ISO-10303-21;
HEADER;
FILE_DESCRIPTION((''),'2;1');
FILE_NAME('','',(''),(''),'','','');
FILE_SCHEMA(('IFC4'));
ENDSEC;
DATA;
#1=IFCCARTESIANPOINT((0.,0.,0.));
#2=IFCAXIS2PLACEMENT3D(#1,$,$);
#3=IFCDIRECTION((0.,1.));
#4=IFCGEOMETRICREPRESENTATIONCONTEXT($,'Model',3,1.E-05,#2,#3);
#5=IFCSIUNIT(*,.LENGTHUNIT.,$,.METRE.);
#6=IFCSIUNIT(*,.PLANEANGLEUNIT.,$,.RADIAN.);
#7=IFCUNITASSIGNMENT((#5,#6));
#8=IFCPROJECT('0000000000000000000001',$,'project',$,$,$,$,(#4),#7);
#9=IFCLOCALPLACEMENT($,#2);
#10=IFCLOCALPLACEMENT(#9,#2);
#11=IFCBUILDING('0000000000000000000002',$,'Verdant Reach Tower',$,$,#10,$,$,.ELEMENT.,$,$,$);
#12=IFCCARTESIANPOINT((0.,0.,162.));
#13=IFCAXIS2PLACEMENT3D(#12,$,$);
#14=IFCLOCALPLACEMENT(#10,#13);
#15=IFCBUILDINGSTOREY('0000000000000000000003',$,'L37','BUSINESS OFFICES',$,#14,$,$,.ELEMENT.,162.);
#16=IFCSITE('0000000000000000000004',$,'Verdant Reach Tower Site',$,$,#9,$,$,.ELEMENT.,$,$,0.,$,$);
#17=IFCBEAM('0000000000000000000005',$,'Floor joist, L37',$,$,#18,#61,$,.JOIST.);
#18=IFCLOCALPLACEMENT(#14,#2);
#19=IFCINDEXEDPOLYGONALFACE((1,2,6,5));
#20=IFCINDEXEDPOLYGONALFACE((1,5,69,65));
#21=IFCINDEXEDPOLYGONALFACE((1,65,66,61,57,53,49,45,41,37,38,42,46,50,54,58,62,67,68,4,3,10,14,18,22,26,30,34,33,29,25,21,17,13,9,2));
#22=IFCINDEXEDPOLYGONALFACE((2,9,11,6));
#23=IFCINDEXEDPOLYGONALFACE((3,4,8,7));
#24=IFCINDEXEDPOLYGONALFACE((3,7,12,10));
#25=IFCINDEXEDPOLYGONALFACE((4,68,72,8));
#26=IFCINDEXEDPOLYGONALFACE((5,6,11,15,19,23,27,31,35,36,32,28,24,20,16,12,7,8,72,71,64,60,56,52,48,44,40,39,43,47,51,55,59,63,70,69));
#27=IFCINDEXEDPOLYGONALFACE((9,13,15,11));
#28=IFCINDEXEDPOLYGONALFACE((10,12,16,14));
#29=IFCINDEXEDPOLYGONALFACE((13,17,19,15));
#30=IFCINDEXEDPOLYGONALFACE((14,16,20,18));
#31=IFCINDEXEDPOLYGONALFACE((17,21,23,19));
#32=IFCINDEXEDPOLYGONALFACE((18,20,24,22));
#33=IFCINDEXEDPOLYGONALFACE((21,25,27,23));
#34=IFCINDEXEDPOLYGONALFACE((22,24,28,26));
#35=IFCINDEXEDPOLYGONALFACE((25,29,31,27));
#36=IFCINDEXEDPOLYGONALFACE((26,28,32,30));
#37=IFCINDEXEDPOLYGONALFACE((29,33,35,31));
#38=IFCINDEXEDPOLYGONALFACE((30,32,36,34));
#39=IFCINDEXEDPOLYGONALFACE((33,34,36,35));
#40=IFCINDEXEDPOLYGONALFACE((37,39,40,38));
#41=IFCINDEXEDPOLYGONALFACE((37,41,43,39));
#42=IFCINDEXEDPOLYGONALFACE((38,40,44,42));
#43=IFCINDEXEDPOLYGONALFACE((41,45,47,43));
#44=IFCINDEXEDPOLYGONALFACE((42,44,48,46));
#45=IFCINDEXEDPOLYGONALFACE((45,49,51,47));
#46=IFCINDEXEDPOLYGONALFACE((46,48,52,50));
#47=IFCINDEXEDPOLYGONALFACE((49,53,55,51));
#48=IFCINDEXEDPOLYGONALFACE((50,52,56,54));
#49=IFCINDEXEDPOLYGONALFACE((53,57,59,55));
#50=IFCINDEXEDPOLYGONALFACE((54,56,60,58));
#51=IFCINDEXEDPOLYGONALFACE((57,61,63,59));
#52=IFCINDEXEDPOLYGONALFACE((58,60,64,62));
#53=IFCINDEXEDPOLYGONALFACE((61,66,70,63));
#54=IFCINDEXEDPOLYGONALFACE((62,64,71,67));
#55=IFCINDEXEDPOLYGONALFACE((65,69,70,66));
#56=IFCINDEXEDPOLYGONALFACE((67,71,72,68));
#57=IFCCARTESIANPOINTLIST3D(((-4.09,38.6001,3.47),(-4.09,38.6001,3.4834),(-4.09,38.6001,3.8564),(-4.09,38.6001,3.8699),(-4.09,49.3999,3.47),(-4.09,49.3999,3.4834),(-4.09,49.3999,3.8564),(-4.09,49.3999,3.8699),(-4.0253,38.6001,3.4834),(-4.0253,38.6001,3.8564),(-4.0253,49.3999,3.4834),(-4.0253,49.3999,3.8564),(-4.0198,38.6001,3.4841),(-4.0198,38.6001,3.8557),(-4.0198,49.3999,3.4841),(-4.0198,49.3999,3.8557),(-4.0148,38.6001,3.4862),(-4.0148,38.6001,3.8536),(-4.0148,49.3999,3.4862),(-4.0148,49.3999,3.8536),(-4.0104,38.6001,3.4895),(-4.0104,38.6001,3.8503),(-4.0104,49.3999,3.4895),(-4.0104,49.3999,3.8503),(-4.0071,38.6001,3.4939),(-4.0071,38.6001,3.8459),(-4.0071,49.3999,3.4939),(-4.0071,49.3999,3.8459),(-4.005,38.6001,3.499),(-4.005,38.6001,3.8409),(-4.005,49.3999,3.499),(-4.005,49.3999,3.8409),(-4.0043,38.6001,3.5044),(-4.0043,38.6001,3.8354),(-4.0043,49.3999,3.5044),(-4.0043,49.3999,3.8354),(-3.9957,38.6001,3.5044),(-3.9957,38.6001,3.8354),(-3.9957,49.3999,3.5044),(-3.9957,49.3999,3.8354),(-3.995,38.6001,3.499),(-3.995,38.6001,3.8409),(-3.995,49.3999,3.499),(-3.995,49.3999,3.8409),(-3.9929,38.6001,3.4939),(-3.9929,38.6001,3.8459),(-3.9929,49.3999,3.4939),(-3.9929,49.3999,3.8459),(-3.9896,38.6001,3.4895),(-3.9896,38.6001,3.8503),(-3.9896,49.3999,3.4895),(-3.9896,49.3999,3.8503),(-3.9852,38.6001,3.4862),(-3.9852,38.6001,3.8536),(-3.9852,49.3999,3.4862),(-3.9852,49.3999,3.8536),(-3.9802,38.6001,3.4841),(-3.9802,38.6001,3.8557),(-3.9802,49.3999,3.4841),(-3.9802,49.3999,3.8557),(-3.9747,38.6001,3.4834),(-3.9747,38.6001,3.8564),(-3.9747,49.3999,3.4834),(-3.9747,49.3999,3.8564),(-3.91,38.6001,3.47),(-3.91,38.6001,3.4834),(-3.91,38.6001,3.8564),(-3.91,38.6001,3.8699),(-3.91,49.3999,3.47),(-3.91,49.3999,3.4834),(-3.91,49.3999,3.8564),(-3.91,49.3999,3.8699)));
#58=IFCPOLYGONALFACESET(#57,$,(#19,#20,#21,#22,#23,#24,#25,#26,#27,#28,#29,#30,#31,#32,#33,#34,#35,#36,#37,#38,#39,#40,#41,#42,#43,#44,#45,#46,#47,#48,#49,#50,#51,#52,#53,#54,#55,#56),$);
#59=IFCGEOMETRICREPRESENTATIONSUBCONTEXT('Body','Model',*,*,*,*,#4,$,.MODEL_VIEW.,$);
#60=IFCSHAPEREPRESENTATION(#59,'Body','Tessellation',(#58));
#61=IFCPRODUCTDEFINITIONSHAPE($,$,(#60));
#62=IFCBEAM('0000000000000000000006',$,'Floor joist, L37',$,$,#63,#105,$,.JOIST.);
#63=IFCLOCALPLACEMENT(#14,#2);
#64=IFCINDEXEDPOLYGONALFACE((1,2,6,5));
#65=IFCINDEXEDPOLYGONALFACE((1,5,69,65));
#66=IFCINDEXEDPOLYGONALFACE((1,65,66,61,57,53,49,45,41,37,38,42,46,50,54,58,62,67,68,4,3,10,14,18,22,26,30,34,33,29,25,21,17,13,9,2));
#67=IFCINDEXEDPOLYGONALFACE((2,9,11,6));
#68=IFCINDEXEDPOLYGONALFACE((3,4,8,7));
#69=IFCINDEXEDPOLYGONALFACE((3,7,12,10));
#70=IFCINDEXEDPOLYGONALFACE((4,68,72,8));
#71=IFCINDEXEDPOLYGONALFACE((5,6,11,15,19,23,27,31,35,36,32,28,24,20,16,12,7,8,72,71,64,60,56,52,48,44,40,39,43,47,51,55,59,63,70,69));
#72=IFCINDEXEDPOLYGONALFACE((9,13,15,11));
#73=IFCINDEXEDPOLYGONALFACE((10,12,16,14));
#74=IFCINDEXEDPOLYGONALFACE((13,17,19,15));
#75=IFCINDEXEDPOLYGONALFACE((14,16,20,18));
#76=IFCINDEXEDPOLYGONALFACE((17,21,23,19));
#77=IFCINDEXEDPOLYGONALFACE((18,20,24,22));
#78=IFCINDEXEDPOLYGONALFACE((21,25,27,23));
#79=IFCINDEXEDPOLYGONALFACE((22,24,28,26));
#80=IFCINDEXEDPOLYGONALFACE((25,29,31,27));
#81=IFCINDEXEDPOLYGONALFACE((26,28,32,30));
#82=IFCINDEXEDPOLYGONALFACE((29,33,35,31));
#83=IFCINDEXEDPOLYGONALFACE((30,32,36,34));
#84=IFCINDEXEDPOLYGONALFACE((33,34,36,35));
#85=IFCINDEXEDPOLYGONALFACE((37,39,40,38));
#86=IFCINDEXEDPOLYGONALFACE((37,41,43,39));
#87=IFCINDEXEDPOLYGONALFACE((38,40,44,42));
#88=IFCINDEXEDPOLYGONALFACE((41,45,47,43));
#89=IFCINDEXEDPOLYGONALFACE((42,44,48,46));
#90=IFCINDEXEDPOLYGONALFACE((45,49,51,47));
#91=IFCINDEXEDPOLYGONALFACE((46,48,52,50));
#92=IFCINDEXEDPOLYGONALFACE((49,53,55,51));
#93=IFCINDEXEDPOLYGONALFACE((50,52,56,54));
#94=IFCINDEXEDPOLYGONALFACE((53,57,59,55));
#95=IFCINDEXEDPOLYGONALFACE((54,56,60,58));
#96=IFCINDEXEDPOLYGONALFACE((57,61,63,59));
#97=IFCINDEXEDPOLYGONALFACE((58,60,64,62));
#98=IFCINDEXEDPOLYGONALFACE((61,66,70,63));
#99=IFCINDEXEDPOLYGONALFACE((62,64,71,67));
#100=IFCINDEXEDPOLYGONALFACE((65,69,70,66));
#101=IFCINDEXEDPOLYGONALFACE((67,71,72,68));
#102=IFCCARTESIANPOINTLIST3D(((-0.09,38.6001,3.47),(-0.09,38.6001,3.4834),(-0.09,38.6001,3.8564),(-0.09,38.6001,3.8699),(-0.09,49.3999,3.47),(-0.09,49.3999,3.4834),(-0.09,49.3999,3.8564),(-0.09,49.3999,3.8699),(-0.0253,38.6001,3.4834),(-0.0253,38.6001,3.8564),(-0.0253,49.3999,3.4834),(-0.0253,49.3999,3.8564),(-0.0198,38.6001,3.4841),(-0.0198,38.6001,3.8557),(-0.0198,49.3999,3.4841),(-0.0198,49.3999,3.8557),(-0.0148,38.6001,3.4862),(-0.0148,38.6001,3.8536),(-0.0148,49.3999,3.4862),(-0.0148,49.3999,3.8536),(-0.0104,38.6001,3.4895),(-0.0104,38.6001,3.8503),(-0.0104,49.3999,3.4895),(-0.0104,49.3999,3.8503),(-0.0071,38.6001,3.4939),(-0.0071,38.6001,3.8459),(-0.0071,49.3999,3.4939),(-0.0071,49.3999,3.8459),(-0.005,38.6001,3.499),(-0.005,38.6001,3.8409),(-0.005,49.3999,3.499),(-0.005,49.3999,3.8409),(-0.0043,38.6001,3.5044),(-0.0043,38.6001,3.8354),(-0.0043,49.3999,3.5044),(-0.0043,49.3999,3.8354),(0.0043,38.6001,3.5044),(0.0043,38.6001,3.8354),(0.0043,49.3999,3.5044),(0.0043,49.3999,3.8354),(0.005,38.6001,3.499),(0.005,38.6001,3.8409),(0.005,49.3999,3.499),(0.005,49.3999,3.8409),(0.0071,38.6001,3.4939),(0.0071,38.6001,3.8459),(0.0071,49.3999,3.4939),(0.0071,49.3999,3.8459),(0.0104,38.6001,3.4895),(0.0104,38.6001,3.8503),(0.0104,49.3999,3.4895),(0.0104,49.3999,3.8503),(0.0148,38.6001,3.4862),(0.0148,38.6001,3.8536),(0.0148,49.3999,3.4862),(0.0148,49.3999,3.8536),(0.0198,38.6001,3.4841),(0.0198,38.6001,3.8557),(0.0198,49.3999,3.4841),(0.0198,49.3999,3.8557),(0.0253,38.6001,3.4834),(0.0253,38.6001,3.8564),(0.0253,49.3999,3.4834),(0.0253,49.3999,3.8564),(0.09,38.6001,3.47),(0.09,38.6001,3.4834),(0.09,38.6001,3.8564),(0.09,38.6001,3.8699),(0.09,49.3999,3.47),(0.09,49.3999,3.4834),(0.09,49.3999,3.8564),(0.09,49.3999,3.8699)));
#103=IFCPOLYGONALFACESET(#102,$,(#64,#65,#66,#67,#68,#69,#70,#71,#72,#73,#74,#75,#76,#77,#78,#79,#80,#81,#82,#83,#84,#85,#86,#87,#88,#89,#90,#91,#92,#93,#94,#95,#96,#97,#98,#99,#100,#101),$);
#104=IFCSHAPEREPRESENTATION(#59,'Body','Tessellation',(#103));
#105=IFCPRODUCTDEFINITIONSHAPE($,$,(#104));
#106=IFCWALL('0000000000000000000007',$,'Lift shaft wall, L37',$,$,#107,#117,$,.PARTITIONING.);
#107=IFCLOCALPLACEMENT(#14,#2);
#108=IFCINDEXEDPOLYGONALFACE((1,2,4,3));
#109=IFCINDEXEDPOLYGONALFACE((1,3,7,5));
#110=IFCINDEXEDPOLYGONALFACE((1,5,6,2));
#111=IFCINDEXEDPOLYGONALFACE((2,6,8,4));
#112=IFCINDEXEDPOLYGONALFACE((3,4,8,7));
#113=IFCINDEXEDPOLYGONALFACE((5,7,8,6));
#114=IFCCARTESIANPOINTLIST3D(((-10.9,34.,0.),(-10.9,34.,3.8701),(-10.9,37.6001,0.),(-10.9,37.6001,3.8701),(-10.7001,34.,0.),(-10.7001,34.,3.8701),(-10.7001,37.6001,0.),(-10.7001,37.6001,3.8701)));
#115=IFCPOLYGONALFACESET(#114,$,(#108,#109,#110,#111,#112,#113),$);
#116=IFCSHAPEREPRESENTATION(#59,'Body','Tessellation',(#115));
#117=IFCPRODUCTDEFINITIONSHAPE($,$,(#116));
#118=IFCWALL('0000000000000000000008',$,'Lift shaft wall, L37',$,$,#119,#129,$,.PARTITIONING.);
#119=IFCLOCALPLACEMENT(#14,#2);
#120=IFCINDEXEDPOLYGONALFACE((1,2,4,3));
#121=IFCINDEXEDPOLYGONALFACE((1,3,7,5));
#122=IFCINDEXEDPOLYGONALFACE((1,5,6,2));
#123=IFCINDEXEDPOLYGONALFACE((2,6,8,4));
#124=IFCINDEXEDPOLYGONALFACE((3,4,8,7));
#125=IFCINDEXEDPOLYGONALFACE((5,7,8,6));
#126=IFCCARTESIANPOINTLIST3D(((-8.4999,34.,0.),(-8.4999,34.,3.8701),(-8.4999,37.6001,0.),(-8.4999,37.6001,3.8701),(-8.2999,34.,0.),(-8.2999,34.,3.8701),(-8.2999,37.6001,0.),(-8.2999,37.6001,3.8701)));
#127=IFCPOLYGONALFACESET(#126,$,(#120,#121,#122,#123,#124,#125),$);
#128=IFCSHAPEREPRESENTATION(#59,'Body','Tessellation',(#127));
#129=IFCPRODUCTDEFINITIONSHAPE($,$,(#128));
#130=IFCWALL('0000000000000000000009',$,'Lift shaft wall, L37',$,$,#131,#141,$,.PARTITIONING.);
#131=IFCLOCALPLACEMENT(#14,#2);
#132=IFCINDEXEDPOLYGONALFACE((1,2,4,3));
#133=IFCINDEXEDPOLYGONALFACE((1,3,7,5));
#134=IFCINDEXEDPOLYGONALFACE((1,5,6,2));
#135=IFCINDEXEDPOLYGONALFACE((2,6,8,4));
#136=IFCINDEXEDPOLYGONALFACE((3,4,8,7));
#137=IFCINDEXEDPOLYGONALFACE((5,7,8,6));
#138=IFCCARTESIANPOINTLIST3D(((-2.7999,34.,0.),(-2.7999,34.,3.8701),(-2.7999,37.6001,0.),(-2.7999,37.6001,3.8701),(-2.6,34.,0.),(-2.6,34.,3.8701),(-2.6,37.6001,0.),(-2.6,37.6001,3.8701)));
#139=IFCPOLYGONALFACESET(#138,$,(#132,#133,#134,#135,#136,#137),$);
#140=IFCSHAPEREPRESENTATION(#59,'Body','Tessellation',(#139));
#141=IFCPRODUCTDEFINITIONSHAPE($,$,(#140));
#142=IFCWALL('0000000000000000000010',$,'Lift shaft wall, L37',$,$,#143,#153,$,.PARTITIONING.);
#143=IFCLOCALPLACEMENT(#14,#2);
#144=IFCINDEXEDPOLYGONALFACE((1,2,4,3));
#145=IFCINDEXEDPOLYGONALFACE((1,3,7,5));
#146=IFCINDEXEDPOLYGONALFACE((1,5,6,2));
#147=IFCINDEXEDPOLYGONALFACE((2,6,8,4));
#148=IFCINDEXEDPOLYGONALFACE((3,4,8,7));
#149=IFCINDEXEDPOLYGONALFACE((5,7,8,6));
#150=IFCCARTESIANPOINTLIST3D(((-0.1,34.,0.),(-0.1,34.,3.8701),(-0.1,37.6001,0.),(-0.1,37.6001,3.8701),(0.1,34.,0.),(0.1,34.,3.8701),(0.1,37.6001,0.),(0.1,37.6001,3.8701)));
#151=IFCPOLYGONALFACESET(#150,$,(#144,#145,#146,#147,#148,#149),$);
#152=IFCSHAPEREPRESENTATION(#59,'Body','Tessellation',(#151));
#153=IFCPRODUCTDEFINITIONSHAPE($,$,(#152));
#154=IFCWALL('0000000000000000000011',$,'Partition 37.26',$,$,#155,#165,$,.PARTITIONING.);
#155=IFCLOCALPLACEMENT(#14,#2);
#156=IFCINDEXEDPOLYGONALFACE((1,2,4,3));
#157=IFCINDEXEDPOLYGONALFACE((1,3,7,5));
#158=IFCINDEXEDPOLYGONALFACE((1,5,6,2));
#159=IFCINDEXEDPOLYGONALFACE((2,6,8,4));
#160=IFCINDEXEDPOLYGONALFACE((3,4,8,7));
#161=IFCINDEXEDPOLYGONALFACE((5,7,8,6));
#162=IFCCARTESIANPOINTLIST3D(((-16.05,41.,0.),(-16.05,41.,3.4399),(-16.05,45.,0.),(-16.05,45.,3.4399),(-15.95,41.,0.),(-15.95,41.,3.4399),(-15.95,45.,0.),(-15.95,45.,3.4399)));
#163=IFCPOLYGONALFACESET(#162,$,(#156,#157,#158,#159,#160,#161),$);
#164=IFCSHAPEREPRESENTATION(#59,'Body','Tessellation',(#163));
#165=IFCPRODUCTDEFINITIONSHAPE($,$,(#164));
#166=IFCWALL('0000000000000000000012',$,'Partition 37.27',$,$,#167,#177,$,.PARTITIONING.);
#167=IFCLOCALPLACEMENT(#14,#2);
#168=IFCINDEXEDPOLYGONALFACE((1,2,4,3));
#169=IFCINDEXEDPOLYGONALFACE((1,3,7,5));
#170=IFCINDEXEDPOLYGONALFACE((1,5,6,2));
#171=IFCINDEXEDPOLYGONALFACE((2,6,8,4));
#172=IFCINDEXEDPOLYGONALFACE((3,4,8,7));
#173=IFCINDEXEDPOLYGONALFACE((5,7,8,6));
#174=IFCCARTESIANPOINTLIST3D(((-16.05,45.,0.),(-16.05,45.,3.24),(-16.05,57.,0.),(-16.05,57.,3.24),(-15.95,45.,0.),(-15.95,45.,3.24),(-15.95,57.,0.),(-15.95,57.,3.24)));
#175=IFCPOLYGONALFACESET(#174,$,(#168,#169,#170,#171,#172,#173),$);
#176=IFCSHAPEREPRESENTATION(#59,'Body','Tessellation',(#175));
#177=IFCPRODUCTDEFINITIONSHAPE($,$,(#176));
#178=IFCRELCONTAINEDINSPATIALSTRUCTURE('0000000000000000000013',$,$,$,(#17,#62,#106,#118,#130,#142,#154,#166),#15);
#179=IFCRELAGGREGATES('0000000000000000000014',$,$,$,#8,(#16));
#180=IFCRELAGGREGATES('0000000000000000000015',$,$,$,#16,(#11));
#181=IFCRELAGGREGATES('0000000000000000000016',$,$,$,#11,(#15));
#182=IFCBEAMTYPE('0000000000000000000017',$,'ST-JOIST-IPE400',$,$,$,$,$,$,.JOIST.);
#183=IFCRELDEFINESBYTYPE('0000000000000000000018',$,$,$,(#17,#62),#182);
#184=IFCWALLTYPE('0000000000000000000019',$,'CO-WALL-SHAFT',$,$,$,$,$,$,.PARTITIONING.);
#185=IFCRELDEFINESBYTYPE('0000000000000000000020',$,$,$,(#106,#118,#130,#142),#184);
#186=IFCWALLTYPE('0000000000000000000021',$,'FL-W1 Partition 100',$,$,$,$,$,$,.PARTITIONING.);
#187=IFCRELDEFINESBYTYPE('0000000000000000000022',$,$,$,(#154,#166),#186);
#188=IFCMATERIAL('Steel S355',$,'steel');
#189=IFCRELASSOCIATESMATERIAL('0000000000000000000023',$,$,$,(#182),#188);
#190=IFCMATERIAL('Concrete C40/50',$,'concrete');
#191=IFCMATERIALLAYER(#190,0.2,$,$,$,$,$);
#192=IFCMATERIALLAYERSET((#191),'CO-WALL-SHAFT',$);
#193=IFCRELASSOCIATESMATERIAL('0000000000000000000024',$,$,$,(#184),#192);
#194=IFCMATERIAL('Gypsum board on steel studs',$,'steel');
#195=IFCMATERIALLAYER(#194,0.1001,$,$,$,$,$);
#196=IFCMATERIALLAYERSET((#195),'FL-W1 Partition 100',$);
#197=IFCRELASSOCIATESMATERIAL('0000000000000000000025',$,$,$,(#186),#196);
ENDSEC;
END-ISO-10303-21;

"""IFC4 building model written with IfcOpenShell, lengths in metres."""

from ifc_helpers import new_model, si_unit, direction, frame, frame_2d, origin, origin_2d, place, context, subcontext, project, spatial, rectangle, i_section, extrude, material, layer, layer_set, material_profile, profile_set, type_object, element, save


model = new_model("IFC4")

# Units and contexts
model_context = context("Model", 3, precision=1e-05, world=origin(), true_north=direction((0.0, 1.0)))
body_context = subcontext(model_context, "Body", "Model", "MODEL_VIEW")
ifc_project = project(units=[si_unit("LENGTHUNIT", "METRE"), si_unit("PLANEANGLEUNIT", "RADIAN")], contexts=[model_context])

# Site, building, storey
site_placement = place(None, origin())
site = spatial("IfcSite", under=ifc_project, at=site_placement, Name="Verdant Reach Tower Site", CompositionType="ELEMENT", RefElevation=0.0)
building_placement = place(site_placement, origin())
building = spatial("IfcBuilding", under=site, at=building_placement, Name="Verdant Reach Tower", CompositionType="ELEMENT")
storey_placement = place(building_placement, frame((0.0, 0.0, 162.0)))
storey = spatial("IfcBuildingStorey", under=building, at=storey_placement, Name="L37", Description="BUSINESS OFFICES", CompositionType="ELEMENT", Elevation=162.0)

# Beams
ifc_material_1 = material(Name="Steel S355", Category="steel")
ifc_material_profile_1 = material_profile(ifc_material_1, i_section(OverallWidth=0.1799, OverallDepth=0.3999, WebThickness=0.0085, FlangeThickness=0.0134, FilletRadius=0.021, at=origin_2d()), Name="IPE 400")
ifc_profile_set_1 = profile_set([ifc_material_profile_1], Name="Steel S355")
beam_type_1 = type_object("IfcBeamType", Name="ST-JOIST-IPE400", PredefinedType="JOIST", material=ifc_profile_set_1)
for number, where, z_axis, x_axis, name in (
    (1, (-4.0, 38.6001, 3.6699), (0.0, 1.0, 0.0), (-1.0, 0.0, 0.0), "Floor joist, L37"),
    (2, (0.0, 38.6001, 3.6699), (0.0, 1.0, 0.0), (-1.0, 0.0, 0.0), "Floor joist, L37"),
):
    element("IfcBeam", number, at=place(storey_placement, frame(where, z_axis=z_axis, x_axis=x_axis)), inside=storey, type_object=beam_type_1, Name=name, PredefinedType="JOIST", context=body_context, shape_type="SweptSolid", body=[
        extrude(i_section(OverallWidth=0.1799, OverallDepth=0.3999, WebThickness=0.0085, FlangeThickness=0.0134, FilletRadius=0.021, at=origin_2d()), origin(), (0.0, 0.0, 1.0), 10.7998),
    ])

# Walls
ifc_material_2 = material(Name="Concrete C40/50", Category="concrete")
ifc_layer_1 = layer(ifc_material_2, 0.2)
ifc_layer_set_1 = layer_set([ifc_layer_1], Name="CO-WALL-SHAFT")
wall_type_1 = type_object("IfcWallType", Name="CO-WALL-SHAFT", PredefinedType="PARTITIONING", material=ifc_layer_set_1)
for number, where, z_axis, x_axis, name in (
    (3, (-10.8, 34.0, 0.0), (0.0, 0.0, 1.0), (0.0, 1.0, 0.0), "Lift shaft wall, L37"),
    (4, (-8.3999, 34.0, 0.0), (0.0, 0.0, 1.0), (0.0, 1.0, 0.0), "Lift shaft wall, L37"),
    (5, (-2.7, 34.0, 0.0), (0.0, 0.0, 1.0), (0.0, 1.0, 0.0), "Lift shaft wall, L37"),
    (6, (0.0, 34.0, 0.0), (0.0, 0.0, 1.0), (0.0, 1.0, 0.0), "Lift shaft wall, L37"),
):
    element("IfcWall", number, at=place(storey_placement, frame(where, z_axis=z_axis, x_axis=x_axis)), inside=storey, type_object=wall_type_1, Name=name, PredefinedType="PARTITIONING", context=body_context, shape_type="SweptSolid", body=[
        extrude(rectangle(XDim=3.6001, YDim=0.2, at=frame_2d((1.8, 0.0))), origin(), (0.0, 0.0, 1.0), 3.8701),
    ])
ifc_material_3 = material(Name="Gypsum board on steel studs", Category="steel")
ifc_layer_2 = layer(ifc_material_3, 0.1001)
ifc_layer_set_2 = layer_set([ifc_layer_2], Name="FL-W1 Partition 100")
wall_type_2 = type_object("IfcWallType", Name="FL-W1 Partition 100", PredefinedType="PARTITIONING", material=ifc_layer_set_2)
wall_1_placement = place(storey_placement, frame((-16.0, 41.0, 0.0), z_axis=(0.0, 0.0, 1.0), x_axis=(0.0, 1.0, 0.0)))
element("IfcWall", 7, at=wall_1_placement, inside=storey, type_object=wall_type_2, Name="Partition 37.26", PredefinedType="PARTITIONING", context=body_context, shape_type="SweptSolid", body=[
    extrude(rectangle(XDim=4.0, YDim=0.1001, at=frame_2d((2.0, 0.0))), origin(), (0.0, 0.0, 1.0), 3.4399),
])
wall_2_placement = place(storey_placement, frame((-16.0, 45.0, 0.0), z_axis=(0.0, 0.0, 1.0), x_axis=(0.0, 1.0, 0.0)))
element("IfcWall", 8, at=wall_2_placement, inside=storey, type_object=wall_type_2, Name="Partition 37.27", PredefinedType="PARTITIONING", context=body_context, shape_type="SweptSolid", body=[
    extrude(rectangle(XDim=12.0, YDim=0.1001, at=frame_2d((6.0, 0.0))), origin(), (0.0, 0.0, 1.0), 3.24),
])

save(model, "model.ifc")
